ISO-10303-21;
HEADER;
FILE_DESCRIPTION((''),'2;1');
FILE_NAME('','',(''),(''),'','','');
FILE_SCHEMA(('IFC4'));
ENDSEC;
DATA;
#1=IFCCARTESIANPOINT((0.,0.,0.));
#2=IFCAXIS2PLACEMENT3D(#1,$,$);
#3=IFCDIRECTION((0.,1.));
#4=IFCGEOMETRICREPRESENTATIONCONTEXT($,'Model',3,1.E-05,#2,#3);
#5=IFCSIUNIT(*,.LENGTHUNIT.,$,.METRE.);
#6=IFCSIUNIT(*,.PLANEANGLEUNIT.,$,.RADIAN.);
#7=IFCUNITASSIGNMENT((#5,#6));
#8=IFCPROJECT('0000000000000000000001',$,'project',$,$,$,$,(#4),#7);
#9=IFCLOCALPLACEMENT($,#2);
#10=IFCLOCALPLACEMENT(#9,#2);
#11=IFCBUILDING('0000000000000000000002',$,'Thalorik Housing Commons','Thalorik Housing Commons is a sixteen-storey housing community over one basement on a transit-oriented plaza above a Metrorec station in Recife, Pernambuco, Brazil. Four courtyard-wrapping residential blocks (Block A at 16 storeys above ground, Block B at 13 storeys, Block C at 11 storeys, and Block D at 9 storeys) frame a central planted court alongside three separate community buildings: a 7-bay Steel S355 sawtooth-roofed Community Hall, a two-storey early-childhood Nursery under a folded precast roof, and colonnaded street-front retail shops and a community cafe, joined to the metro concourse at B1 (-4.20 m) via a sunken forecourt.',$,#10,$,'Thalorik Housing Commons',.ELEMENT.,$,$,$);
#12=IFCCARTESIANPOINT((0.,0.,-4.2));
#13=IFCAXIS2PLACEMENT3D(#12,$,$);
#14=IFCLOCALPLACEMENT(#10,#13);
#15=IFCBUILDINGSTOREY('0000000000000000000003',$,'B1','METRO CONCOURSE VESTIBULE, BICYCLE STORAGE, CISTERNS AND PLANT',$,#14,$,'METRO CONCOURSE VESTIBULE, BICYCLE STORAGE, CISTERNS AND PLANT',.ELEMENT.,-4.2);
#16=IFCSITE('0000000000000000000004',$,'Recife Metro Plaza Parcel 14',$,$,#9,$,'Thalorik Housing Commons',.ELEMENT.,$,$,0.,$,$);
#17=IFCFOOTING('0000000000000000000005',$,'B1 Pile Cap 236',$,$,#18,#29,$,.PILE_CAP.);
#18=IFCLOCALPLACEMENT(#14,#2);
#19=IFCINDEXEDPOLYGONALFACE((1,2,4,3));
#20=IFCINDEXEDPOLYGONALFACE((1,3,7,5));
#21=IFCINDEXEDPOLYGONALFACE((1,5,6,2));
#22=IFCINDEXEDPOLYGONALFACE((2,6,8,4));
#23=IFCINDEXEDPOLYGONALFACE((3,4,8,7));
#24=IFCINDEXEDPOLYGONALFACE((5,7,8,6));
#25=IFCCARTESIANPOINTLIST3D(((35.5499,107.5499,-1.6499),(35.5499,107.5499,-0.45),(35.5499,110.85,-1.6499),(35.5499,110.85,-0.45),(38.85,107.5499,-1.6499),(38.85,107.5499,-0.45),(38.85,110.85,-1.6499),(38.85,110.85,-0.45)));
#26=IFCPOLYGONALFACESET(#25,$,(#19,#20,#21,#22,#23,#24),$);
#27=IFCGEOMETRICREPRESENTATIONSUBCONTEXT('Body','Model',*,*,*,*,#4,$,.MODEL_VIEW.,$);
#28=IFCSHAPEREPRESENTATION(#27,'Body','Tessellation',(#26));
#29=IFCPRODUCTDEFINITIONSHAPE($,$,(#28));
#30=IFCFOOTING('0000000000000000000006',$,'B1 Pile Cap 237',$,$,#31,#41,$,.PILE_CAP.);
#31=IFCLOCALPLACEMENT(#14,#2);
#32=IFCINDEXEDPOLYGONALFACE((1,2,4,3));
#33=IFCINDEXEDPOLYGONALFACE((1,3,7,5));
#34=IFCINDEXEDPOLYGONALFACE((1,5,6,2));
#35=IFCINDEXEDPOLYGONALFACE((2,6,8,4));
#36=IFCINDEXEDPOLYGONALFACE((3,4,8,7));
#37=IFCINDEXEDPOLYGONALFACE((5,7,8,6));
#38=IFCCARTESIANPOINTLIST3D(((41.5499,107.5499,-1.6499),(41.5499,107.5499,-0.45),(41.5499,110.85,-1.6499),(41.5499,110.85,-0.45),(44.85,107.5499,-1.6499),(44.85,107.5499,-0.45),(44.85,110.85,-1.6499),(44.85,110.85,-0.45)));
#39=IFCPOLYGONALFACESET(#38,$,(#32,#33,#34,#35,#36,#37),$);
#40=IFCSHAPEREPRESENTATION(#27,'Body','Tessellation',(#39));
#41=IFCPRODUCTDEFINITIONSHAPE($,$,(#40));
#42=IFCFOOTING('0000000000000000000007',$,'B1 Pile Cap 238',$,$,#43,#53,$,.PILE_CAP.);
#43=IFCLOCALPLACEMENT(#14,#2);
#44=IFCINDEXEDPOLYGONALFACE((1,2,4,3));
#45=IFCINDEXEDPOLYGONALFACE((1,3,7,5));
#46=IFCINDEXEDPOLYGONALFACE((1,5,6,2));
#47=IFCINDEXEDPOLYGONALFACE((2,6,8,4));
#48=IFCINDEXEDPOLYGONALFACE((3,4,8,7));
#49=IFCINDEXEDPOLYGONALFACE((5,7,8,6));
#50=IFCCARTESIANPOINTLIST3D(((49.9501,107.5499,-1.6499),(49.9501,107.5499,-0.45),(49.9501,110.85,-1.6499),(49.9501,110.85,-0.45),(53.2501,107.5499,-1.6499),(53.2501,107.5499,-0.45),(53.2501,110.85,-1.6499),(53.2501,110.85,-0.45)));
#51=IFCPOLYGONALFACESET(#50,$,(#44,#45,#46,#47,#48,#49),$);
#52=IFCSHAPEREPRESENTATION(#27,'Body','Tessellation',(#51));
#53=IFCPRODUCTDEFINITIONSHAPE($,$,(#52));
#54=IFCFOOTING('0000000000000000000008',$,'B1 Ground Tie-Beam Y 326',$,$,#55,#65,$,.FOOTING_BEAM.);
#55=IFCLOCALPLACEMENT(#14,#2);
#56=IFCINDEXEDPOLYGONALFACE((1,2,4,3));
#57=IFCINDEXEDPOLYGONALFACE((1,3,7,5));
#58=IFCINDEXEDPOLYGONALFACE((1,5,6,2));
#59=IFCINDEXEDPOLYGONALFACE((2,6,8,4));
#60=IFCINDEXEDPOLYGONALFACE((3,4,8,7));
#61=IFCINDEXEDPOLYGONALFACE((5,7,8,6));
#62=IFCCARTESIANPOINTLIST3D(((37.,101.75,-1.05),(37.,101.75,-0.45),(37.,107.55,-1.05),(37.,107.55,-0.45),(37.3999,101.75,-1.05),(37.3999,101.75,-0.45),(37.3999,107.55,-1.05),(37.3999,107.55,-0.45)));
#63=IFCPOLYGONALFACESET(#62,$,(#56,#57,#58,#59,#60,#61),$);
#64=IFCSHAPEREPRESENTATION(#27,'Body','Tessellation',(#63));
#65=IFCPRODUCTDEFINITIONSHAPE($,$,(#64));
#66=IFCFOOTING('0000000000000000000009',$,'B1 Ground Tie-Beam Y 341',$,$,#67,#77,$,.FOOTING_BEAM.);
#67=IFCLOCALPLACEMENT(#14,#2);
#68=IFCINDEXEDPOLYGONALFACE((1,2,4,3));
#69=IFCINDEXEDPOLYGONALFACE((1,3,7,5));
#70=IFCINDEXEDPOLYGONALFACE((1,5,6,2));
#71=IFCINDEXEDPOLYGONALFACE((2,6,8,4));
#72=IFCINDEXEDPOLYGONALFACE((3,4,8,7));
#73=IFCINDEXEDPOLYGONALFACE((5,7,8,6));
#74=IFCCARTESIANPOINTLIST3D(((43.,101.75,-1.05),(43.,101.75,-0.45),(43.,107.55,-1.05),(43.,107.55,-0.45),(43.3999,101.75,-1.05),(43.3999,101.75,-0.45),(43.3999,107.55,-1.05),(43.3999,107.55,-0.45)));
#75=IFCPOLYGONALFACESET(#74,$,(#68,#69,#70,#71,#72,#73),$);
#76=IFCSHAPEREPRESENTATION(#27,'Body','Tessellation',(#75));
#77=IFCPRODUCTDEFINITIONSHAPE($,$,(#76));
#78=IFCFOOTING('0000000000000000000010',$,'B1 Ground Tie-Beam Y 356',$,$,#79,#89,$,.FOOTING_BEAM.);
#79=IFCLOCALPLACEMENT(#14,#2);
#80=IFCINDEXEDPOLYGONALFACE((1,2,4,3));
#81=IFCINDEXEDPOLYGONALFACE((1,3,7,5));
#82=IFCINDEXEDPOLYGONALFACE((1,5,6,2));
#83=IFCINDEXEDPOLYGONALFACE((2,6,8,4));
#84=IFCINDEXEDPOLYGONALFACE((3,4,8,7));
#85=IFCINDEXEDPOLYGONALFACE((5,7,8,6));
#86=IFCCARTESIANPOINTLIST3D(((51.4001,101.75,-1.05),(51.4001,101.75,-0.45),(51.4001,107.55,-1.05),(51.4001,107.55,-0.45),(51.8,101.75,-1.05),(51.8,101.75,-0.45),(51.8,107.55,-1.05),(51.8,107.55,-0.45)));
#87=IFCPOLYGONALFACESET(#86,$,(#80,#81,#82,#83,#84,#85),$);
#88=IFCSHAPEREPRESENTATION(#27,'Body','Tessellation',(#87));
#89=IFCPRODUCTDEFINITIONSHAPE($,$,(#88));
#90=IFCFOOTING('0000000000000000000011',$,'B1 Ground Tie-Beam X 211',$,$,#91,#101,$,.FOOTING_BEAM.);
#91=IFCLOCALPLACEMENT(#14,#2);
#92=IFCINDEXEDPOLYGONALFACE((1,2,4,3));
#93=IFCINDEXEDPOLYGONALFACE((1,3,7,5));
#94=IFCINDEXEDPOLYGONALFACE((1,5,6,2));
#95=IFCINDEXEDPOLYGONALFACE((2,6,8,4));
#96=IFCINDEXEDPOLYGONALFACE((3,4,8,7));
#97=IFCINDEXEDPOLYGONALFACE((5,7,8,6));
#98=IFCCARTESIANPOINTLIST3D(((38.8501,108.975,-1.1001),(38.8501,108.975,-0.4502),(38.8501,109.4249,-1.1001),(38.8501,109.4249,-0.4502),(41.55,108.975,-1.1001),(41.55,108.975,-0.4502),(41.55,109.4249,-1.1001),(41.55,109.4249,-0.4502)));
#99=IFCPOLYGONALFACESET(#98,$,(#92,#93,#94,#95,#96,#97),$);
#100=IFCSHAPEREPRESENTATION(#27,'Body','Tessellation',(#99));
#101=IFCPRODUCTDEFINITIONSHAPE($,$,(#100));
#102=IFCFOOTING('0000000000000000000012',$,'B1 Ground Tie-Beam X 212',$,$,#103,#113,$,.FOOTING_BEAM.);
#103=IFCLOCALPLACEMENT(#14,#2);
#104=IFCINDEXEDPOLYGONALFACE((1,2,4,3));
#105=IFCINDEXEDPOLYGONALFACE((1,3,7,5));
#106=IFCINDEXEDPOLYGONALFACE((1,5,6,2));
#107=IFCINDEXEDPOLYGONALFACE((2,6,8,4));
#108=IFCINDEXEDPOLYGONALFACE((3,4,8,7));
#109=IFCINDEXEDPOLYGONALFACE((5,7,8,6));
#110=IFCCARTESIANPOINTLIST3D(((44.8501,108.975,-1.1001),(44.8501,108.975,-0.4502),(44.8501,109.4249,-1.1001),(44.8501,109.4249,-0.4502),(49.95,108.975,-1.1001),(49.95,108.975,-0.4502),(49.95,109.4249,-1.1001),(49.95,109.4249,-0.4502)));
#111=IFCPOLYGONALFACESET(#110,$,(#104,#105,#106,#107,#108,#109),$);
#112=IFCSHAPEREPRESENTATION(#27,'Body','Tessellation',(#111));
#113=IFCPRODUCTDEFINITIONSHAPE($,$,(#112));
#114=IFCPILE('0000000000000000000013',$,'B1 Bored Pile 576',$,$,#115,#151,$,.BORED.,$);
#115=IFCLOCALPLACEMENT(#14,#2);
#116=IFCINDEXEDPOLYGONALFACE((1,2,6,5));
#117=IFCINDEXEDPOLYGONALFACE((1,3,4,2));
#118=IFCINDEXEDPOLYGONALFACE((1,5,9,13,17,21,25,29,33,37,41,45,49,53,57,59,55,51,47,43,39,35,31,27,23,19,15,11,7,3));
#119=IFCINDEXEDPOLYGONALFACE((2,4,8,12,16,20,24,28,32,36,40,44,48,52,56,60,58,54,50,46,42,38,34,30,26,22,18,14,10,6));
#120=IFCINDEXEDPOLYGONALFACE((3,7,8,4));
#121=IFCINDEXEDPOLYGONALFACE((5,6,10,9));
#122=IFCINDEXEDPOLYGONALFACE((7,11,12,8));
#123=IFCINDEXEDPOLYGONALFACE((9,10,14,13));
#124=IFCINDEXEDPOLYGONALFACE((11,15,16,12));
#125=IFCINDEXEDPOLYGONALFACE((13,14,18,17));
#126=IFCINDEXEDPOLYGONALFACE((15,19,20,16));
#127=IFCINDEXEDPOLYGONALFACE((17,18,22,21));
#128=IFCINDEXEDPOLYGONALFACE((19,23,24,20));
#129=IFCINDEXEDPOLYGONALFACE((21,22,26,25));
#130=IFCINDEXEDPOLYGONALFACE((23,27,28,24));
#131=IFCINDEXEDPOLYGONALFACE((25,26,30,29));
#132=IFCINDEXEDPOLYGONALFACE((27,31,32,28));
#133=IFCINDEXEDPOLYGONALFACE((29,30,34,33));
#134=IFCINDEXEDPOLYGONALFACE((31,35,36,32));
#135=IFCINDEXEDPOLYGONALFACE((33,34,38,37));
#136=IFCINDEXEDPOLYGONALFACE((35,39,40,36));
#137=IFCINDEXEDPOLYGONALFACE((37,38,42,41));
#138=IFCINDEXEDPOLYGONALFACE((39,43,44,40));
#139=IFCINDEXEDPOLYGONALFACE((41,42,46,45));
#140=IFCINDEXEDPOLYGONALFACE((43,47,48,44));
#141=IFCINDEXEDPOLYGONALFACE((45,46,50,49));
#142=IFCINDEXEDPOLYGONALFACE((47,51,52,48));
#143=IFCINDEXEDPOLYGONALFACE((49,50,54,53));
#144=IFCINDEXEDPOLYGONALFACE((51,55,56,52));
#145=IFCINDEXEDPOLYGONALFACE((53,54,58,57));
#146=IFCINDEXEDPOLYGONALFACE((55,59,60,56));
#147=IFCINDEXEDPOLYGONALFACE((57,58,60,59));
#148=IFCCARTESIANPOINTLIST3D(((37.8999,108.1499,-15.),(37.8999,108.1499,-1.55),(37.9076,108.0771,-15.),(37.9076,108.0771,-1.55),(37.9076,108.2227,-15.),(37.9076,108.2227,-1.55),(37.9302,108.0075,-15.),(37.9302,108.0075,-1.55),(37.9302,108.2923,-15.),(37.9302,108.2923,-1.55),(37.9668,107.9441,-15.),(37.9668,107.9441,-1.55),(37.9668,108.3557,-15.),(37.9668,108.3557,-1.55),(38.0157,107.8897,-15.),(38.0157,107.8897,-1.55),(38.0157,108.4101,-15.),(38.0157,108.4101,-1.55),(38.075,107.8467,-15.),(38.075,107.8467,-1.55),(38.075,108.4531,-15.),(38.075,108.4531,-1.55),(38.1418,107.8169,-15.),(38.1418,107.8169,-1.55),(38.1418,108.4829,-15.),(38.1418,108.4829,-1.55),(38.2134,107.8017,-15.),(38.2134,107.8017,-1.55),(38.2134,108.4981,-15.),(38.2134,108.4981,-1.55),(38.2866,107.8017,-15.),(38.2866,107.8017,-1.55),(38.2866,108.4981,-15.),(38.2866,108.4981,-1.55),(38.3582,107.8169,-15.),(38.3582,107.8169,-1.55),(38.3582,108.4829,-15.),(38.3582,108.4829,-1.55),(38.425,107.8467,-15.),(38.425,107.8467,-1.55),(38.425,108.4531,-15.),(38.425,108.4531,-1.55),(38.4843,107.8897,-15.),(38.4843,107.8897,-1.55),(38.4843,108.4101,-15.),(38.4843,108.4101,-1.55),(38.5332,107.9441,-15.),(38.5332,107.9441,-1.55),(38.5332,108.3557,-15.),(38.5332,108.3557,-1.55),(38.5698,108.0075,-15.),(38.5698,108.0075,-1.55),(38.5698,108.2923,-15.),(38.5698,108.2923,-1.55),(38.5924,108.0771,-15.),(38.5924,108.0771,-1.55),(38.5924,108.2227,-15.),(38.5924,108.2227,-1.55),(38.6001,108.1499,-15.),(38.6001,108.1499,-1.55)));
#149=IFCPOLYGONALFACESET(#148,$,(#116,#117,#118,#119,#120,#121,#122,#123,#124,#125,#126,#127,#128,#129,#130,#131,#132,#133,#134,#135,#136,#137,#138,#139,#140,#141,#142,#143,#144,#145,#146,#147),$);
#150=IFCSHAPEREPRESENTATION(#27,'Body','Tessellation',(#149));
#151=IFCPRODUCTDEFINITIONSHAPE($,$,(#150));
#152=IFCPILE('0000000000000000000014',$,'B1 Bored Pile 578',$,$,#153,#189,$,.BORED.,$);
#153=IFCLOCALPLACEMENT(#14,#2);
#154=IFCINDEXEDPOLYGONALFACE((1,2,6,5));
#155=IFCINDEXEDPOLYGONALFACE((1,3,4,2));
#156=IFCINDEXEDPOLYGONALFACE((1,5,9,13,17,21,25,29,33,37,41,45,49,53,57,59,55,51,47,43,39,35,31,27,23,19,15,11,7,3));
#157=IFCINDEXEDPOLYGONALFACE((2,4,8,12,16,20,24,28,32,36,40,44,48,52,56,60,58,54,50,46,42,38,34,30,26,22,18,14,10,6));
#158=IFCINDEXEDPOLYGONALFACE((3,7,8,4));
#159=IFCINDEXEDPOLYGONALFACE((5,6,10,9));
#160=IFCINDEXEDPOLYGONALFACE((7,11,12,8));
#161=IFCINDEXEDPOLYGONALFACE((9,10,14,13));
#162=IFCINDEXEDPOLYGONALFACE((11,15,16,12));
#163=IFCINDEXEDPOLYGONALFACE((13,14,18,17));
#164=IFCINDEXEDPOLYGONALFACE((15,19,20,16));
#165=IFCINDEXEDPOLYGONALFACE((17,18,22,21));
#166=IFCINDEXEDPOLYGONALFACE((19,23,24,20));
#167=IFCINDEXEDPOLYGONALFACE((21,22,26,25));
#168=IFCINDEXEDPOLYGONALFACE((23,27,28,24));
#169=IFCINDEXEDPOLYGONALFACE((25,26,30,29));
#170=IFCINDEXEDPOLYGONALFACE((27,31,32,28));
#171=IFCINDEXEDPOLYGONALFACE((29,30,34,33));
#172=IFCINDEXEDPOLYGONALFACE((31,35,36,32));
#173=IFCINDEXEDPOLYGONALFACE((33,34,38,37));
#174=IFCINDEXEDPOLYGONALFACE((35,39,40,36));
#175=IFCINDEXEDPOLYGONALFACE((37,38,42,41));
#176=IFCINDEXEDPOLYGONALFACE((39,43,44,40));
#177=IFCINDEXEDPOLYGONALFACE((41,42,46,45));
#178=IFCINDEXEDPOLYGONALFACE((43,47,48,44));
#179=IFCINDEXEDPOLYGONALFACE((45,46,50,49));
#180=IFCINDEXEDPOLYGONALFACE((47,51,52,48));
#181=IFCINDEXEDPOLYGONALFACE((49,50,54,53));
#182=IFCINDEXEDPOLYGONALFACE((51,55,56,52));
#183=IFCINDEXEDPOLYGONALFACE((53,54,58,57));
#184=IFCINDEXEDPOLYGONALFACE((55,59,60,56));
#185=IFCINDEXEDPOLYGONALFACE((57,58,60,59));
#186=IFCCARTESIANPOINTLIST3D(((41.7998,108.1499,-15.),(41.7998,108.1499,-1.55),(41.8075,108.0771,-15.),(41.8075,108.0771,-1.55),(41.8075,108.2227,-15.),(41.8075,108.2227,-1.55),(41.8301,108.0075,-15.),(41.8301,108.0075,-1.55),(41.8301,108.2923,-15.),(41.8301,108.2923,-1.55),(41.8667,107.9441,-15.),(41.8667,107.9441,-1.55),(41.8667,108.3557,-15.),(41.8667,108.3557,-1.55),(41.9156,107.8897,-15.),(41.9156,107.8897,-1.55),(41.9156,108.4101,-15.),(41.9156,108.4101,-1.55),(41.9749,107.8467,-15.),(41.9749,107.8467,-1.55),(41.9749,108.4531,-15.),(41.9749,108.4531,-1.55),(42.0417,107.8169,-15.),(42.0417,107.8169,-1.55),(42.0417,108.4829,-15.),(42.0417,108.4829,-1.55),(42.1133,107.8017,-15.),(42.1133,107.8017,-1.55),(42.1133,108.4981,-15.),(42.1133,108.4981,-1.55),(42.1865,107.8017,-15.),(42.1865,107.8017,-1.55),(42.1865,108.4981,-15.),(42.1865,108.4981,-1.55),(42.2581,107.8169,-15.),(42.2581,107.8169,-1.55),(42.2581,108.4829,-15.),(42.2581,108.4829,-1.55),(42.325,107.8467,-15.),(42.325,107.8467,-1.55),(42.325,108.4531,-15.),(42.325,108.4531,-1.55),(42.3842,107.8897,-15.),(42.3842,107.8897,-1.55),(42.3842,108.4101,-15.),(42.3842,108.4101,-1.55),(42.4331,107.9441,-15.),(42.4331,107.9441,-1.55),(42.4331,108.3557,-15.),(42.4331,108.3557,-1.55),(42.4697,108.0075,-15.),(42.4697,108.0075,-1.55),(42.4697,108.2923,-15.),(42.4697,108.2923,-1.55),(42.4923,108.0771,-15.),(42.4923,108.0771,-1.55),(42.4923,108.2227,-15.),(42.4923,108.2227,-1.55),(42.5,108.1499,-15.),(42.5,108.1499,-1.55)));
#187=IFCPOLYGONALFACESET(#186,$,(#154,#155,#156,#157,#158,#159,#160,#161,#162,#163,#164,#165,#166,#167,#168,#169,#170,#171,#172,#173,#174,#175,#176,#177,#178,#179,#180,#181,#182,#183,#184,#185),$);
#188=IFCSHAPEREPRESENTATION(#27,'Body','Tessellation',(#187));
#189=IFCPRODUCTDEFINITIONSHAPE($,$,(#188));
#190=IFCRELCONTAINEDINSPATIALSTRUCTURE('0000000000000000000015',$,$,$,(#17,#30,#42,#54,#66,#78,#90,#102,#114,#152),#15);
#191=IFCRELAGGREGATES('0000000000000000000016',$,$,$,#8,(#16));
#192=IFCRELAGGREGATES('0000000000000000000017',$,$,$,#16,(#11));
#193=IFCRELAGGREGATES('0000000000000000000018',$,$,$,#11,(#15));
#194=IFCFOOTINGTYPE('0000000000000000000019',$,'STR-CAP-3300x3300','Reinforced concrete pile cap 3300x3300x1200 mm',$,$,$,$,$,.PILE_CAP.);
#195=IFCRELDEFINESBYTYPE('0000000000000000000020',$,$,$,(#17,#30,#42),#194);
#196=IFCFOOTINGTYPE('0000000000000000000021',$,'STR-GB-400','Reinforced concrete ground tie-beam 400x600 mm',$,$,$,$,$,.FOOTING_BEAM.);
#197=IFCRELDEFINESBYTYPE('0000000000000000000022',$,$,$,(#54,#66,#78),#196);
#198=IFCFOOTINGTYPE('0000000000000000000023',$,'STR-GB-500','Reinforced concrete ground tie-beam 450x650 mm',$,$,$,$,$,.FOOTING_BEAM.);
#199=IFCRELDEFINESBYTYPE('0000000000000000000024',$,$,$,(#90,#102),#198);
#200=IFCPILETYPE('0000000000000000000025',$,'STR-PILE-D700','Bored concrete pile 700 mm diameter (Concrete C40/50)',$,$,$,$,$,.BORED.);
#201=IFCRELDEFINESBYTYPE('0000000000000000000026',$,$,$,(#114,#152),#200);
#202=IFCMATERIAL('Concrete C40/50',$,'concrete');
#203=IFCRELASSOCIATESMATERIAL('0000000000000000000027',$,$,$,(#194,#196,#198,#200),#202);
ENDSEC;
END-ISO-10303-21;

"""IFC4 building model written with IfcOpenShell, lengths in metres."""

from ifc_helpers import new_model, si_unit, direction, frame, origin, origin_2d, place, context, subcontext, project, spatial, rectangle, circle, extrude, material, material_profile, profile_set, type_object, element, save


model = new_model("IFC4")

# Units and contexts
model_context = context("Model", 3, precision=1e-05, world=origin(), true_north=direction((0.0, 1.0)))
body_context = subcontext(model_context, "Body", "Model", "MODEL_VIEW")
ifc_project = project(units=[si_unit("LENGTHUNIT", "METRE"), si_unit("PLANEANGLEUNIT", "RADIAN")], contexts=[model_context])

# Site, building, storey
site_placement = place(None, origin())
site = spatial("IfcSite", under=ifc_project, at=site_placement, Name="Recife Metro Plaza Parcel 14", LongName="Thalorik Housing Commons", CompositionType="ELEMENT", RefElevation=0.0)
building_placement = place(site_placement, origin())
building = spatial("IfcBuilding", under=site, at=building_placement, Name="Thalorik Housing Commons", Description="Thalorik Housing Commons is a sixteen-storey housing community over one basement on a transit-oriented plaza above a Metrorec station in Recife, Pernambuco, Brazil. Four courtyard-wrapping residential blocks (Block A at 16 storeys above ground, Block B at 13 storeys, Block C at 11 storeys, and Block D at 9 storeys) frame a central planted court alongside three separate community buildings: a 7-bay Steel S355 sawtooth-roofed Community Hall, a two-storey early-childhood Nursery under a folded precast roof, and colonnaded street-front retail shops and a community cafe, joined to the metro concourse at B1 (-4.20 m) via a sunken forecourt.", LongName="Thalorik Housing Commons", CompositionType="ELEMENT")
storey_placement = place(building_placement, frame((0.0, 0.0, -4.2)))
storey = spatial("IfcBuildingStorey", under=building, at=storey_placement, Name="B1", Description="METRO CONCOURSE VESTIBULE, BICYCLE STORAGE, CISTERNS AND PLANT", LongName="METRO CONCOURSE VESTIBULE, BICYCLE STORAGE, CISTERNS AND PLANT", CompositionType="ELEMENT", Elevation=-4.2)

# Footings
ifc_material_1 = material(Name="Concrete C40/50", Category="concrete")
footing_type_1 = type_object("IfcFootingType", Name="STR-CAP-3300x3300", Description="Reinforced concrete pile cap 3300x3300x1200 mm", PredefinedType="PILE_CAP", material=ifc_material_1)
for number, where, z_axis, x_axis, name in (
    (1, (37.2, 109.2, -1.6499), (0.0, 0.0, 1.0), (1.0, 0.0, 0.0), "B1 Pile Cap 236"),
    (2, (43.2, 109.2, -1.6499), (0.0, 0.0, 1.0), (1.0, 0.0, 0.0), "B1 Pile Cap 237"),
    (3, (51.6001, 109.2, -1.6499), (0.0, 0.0, 1.0), (1.0, 0.0, 0.0), "B1 Pile Cap 238"),
):
    element("IfcFooting", number, at=place(storey_placement, frame(where, z_axis=z_axis, x_axis=x_axis)), inside=storey, type_object=footing_type_1, Name=name, PredefinedType="PILE_CAP", context=body_context, shape_type="SweptSolid", body=[
        extrude(rectangle(XDim=3.3, YDim=3.3, at=origin_2d()), origin(), (0.0, 0.0, 1.0), 1.2),
    ])
ifc_material_profile_1 = material_profile(ifc_material_1, rectangle(XDim=0.3999, YDim=0.6001, at=origin_2d()), Name="RC 400x600", Category="concrete")
ifc_profile_set_1 = profile_set([ifc_material_profile_1], Name="Concrete C40/50")
footing_type_2 = type_object("IfcFootingType", Name="STR-GB-400", Description="Reinforced concrete ground tie-beam 400x600 mm", PredefinedType="FOOTING_BEAM", material=ifc_profile_set_1)
for number, where, z_axis, x_axis, name in (
    (4, (37.2, 101.75, -0.75), (0.0, 1.0, 0.0), (-1.0, 0.0, 0.0), "B1 Ground Tie-Beam Y 326"),
    (5, (43.2, 101.75, -0.75), (0.0, 1.0, 0.0), (-1.0, 0.0, 0.0), "B1 Ground Tie-Beam Y 341"),
    (6, (51.6001, 101.75, -0.75), (0.0, 1.0, 0.0), (-1.0, 0.0, 0.0), "B1 Ground Tie-Beam Y 356"),
):
    element("IfcFooting", number, at=place(storey_placement, frame(where, z_axis=z_axis, x_axis=x_axis)), inside=storey, type_object=footing_type_2, Name=name, PredefinedType="FOOTING_BEAM", context=body_context, shape_type="SweptSolid", body=[
        extrude(rectangle(XDim=0.3999, YDim=0.6001, at=origin_2d()), origin(), (0.0, 0.0, 1.0), 5.8),
    ])
ifc_material_profile_2 = material_profile(ifc_material_1, rectangle(XDim=0.45, YDim=0.6499, at=origin_2d()), Name="RC 450x650", Category="concrete")
ifc_profile_set_2 = profile_set([ifc_material_profile_2], Name="Concrete C40/50")
footing_type_3 = type_object("IfcFootingType", Name="STR-GB-500", Description="Reinforced concrete ground tie-beam 450x650 mm", PredefinedType="FOOTING_BEAM", material=ifc_profile_set_2)
footing_1_placement = place(storey_placement, frame((38.8501, 109.2, -0.7751), z_axis=(1.0, 0.0, 0.0), x_axis=(0.0, 1.0, 0.0)))
element("IfcFooting", 7, at=footing_1_placement, inside=storey, type_object=footing_type_3, Name="B1 Ground Tie-Beam X 211", PredefinedType="FOOTING_BEAM", context=body_context, shape_type="SweptSolid", body=[
    extrude(rectangle(XDim=0.45, YDim=0.6499, at=origin_2d()), origin(), (0.0, 0.0, 1.0), 2.7),
])
footing_2_placement = place(storey_placement, frame((44.8501, 109.2, -0.7751), z_axis=(1.0, 0.0, 0.0), x_axis=(0.0, 1.0, 0.0)))
element("IfcFooting", 8, at=footing_2_placement, inside=storey, type_object=footing_type_3, Name="B1 Ground Tie-Beam X 212", PredefinedType="FOOTING_BEAM", context=body_context, shape_type="SweptSolid", body=[
    extrude(rectangle(XDim=0.45, YDim=0.6499, at=origin_2d()), origin(), (0.0, 0.0, 1.0), 5.0999),
])

# Piles
ifc_material_profile_3 = material_profile(ifc_material_1, circle(Radius=0.3501, at=origin_2d()), Name="BORED PILE D700", Category="concrete")
ifc_profile_set_3 = profile_set([ifc_material_profile_3], Name="Concrete C40/50")
pile_type = type_object("IfcPileType", Name="STR-PILE-D700", Description="Bored concrete pile 700 mm diameter (Concrete C40/50)", PredefinedType="BORED", material=ifc_profile_set_3)
for number, where, z_axis, x_axis, name in (
    (9, (38.25, 108.1499, -1.55), (0.0, 0.0, -1.0), (1.0, 0.0, 0.0), "B1 Bored Pile 576"),
    (10, (42.1499, 108.1499, -1.55), (0.0, 0.0, -1.0), (1.0, 0.0, 0.0), "B1 Bored Pile 578"),
):
    element("IfcPile", number, at=place(storey_placement, frame(where, z_axis=z_axis, x_axis=x_axis)), inside=storey, type_object=pile_type, Name=name, PredefinedType="BORED", context=body_context, shape_type="SweptSolid", body=[
        extrude(circle(Radius=0.3501, at=origin_2d()), origin(), (0.0, 0.0, 1.0), 13.45),
    ])

save(model, "model.ifc")
